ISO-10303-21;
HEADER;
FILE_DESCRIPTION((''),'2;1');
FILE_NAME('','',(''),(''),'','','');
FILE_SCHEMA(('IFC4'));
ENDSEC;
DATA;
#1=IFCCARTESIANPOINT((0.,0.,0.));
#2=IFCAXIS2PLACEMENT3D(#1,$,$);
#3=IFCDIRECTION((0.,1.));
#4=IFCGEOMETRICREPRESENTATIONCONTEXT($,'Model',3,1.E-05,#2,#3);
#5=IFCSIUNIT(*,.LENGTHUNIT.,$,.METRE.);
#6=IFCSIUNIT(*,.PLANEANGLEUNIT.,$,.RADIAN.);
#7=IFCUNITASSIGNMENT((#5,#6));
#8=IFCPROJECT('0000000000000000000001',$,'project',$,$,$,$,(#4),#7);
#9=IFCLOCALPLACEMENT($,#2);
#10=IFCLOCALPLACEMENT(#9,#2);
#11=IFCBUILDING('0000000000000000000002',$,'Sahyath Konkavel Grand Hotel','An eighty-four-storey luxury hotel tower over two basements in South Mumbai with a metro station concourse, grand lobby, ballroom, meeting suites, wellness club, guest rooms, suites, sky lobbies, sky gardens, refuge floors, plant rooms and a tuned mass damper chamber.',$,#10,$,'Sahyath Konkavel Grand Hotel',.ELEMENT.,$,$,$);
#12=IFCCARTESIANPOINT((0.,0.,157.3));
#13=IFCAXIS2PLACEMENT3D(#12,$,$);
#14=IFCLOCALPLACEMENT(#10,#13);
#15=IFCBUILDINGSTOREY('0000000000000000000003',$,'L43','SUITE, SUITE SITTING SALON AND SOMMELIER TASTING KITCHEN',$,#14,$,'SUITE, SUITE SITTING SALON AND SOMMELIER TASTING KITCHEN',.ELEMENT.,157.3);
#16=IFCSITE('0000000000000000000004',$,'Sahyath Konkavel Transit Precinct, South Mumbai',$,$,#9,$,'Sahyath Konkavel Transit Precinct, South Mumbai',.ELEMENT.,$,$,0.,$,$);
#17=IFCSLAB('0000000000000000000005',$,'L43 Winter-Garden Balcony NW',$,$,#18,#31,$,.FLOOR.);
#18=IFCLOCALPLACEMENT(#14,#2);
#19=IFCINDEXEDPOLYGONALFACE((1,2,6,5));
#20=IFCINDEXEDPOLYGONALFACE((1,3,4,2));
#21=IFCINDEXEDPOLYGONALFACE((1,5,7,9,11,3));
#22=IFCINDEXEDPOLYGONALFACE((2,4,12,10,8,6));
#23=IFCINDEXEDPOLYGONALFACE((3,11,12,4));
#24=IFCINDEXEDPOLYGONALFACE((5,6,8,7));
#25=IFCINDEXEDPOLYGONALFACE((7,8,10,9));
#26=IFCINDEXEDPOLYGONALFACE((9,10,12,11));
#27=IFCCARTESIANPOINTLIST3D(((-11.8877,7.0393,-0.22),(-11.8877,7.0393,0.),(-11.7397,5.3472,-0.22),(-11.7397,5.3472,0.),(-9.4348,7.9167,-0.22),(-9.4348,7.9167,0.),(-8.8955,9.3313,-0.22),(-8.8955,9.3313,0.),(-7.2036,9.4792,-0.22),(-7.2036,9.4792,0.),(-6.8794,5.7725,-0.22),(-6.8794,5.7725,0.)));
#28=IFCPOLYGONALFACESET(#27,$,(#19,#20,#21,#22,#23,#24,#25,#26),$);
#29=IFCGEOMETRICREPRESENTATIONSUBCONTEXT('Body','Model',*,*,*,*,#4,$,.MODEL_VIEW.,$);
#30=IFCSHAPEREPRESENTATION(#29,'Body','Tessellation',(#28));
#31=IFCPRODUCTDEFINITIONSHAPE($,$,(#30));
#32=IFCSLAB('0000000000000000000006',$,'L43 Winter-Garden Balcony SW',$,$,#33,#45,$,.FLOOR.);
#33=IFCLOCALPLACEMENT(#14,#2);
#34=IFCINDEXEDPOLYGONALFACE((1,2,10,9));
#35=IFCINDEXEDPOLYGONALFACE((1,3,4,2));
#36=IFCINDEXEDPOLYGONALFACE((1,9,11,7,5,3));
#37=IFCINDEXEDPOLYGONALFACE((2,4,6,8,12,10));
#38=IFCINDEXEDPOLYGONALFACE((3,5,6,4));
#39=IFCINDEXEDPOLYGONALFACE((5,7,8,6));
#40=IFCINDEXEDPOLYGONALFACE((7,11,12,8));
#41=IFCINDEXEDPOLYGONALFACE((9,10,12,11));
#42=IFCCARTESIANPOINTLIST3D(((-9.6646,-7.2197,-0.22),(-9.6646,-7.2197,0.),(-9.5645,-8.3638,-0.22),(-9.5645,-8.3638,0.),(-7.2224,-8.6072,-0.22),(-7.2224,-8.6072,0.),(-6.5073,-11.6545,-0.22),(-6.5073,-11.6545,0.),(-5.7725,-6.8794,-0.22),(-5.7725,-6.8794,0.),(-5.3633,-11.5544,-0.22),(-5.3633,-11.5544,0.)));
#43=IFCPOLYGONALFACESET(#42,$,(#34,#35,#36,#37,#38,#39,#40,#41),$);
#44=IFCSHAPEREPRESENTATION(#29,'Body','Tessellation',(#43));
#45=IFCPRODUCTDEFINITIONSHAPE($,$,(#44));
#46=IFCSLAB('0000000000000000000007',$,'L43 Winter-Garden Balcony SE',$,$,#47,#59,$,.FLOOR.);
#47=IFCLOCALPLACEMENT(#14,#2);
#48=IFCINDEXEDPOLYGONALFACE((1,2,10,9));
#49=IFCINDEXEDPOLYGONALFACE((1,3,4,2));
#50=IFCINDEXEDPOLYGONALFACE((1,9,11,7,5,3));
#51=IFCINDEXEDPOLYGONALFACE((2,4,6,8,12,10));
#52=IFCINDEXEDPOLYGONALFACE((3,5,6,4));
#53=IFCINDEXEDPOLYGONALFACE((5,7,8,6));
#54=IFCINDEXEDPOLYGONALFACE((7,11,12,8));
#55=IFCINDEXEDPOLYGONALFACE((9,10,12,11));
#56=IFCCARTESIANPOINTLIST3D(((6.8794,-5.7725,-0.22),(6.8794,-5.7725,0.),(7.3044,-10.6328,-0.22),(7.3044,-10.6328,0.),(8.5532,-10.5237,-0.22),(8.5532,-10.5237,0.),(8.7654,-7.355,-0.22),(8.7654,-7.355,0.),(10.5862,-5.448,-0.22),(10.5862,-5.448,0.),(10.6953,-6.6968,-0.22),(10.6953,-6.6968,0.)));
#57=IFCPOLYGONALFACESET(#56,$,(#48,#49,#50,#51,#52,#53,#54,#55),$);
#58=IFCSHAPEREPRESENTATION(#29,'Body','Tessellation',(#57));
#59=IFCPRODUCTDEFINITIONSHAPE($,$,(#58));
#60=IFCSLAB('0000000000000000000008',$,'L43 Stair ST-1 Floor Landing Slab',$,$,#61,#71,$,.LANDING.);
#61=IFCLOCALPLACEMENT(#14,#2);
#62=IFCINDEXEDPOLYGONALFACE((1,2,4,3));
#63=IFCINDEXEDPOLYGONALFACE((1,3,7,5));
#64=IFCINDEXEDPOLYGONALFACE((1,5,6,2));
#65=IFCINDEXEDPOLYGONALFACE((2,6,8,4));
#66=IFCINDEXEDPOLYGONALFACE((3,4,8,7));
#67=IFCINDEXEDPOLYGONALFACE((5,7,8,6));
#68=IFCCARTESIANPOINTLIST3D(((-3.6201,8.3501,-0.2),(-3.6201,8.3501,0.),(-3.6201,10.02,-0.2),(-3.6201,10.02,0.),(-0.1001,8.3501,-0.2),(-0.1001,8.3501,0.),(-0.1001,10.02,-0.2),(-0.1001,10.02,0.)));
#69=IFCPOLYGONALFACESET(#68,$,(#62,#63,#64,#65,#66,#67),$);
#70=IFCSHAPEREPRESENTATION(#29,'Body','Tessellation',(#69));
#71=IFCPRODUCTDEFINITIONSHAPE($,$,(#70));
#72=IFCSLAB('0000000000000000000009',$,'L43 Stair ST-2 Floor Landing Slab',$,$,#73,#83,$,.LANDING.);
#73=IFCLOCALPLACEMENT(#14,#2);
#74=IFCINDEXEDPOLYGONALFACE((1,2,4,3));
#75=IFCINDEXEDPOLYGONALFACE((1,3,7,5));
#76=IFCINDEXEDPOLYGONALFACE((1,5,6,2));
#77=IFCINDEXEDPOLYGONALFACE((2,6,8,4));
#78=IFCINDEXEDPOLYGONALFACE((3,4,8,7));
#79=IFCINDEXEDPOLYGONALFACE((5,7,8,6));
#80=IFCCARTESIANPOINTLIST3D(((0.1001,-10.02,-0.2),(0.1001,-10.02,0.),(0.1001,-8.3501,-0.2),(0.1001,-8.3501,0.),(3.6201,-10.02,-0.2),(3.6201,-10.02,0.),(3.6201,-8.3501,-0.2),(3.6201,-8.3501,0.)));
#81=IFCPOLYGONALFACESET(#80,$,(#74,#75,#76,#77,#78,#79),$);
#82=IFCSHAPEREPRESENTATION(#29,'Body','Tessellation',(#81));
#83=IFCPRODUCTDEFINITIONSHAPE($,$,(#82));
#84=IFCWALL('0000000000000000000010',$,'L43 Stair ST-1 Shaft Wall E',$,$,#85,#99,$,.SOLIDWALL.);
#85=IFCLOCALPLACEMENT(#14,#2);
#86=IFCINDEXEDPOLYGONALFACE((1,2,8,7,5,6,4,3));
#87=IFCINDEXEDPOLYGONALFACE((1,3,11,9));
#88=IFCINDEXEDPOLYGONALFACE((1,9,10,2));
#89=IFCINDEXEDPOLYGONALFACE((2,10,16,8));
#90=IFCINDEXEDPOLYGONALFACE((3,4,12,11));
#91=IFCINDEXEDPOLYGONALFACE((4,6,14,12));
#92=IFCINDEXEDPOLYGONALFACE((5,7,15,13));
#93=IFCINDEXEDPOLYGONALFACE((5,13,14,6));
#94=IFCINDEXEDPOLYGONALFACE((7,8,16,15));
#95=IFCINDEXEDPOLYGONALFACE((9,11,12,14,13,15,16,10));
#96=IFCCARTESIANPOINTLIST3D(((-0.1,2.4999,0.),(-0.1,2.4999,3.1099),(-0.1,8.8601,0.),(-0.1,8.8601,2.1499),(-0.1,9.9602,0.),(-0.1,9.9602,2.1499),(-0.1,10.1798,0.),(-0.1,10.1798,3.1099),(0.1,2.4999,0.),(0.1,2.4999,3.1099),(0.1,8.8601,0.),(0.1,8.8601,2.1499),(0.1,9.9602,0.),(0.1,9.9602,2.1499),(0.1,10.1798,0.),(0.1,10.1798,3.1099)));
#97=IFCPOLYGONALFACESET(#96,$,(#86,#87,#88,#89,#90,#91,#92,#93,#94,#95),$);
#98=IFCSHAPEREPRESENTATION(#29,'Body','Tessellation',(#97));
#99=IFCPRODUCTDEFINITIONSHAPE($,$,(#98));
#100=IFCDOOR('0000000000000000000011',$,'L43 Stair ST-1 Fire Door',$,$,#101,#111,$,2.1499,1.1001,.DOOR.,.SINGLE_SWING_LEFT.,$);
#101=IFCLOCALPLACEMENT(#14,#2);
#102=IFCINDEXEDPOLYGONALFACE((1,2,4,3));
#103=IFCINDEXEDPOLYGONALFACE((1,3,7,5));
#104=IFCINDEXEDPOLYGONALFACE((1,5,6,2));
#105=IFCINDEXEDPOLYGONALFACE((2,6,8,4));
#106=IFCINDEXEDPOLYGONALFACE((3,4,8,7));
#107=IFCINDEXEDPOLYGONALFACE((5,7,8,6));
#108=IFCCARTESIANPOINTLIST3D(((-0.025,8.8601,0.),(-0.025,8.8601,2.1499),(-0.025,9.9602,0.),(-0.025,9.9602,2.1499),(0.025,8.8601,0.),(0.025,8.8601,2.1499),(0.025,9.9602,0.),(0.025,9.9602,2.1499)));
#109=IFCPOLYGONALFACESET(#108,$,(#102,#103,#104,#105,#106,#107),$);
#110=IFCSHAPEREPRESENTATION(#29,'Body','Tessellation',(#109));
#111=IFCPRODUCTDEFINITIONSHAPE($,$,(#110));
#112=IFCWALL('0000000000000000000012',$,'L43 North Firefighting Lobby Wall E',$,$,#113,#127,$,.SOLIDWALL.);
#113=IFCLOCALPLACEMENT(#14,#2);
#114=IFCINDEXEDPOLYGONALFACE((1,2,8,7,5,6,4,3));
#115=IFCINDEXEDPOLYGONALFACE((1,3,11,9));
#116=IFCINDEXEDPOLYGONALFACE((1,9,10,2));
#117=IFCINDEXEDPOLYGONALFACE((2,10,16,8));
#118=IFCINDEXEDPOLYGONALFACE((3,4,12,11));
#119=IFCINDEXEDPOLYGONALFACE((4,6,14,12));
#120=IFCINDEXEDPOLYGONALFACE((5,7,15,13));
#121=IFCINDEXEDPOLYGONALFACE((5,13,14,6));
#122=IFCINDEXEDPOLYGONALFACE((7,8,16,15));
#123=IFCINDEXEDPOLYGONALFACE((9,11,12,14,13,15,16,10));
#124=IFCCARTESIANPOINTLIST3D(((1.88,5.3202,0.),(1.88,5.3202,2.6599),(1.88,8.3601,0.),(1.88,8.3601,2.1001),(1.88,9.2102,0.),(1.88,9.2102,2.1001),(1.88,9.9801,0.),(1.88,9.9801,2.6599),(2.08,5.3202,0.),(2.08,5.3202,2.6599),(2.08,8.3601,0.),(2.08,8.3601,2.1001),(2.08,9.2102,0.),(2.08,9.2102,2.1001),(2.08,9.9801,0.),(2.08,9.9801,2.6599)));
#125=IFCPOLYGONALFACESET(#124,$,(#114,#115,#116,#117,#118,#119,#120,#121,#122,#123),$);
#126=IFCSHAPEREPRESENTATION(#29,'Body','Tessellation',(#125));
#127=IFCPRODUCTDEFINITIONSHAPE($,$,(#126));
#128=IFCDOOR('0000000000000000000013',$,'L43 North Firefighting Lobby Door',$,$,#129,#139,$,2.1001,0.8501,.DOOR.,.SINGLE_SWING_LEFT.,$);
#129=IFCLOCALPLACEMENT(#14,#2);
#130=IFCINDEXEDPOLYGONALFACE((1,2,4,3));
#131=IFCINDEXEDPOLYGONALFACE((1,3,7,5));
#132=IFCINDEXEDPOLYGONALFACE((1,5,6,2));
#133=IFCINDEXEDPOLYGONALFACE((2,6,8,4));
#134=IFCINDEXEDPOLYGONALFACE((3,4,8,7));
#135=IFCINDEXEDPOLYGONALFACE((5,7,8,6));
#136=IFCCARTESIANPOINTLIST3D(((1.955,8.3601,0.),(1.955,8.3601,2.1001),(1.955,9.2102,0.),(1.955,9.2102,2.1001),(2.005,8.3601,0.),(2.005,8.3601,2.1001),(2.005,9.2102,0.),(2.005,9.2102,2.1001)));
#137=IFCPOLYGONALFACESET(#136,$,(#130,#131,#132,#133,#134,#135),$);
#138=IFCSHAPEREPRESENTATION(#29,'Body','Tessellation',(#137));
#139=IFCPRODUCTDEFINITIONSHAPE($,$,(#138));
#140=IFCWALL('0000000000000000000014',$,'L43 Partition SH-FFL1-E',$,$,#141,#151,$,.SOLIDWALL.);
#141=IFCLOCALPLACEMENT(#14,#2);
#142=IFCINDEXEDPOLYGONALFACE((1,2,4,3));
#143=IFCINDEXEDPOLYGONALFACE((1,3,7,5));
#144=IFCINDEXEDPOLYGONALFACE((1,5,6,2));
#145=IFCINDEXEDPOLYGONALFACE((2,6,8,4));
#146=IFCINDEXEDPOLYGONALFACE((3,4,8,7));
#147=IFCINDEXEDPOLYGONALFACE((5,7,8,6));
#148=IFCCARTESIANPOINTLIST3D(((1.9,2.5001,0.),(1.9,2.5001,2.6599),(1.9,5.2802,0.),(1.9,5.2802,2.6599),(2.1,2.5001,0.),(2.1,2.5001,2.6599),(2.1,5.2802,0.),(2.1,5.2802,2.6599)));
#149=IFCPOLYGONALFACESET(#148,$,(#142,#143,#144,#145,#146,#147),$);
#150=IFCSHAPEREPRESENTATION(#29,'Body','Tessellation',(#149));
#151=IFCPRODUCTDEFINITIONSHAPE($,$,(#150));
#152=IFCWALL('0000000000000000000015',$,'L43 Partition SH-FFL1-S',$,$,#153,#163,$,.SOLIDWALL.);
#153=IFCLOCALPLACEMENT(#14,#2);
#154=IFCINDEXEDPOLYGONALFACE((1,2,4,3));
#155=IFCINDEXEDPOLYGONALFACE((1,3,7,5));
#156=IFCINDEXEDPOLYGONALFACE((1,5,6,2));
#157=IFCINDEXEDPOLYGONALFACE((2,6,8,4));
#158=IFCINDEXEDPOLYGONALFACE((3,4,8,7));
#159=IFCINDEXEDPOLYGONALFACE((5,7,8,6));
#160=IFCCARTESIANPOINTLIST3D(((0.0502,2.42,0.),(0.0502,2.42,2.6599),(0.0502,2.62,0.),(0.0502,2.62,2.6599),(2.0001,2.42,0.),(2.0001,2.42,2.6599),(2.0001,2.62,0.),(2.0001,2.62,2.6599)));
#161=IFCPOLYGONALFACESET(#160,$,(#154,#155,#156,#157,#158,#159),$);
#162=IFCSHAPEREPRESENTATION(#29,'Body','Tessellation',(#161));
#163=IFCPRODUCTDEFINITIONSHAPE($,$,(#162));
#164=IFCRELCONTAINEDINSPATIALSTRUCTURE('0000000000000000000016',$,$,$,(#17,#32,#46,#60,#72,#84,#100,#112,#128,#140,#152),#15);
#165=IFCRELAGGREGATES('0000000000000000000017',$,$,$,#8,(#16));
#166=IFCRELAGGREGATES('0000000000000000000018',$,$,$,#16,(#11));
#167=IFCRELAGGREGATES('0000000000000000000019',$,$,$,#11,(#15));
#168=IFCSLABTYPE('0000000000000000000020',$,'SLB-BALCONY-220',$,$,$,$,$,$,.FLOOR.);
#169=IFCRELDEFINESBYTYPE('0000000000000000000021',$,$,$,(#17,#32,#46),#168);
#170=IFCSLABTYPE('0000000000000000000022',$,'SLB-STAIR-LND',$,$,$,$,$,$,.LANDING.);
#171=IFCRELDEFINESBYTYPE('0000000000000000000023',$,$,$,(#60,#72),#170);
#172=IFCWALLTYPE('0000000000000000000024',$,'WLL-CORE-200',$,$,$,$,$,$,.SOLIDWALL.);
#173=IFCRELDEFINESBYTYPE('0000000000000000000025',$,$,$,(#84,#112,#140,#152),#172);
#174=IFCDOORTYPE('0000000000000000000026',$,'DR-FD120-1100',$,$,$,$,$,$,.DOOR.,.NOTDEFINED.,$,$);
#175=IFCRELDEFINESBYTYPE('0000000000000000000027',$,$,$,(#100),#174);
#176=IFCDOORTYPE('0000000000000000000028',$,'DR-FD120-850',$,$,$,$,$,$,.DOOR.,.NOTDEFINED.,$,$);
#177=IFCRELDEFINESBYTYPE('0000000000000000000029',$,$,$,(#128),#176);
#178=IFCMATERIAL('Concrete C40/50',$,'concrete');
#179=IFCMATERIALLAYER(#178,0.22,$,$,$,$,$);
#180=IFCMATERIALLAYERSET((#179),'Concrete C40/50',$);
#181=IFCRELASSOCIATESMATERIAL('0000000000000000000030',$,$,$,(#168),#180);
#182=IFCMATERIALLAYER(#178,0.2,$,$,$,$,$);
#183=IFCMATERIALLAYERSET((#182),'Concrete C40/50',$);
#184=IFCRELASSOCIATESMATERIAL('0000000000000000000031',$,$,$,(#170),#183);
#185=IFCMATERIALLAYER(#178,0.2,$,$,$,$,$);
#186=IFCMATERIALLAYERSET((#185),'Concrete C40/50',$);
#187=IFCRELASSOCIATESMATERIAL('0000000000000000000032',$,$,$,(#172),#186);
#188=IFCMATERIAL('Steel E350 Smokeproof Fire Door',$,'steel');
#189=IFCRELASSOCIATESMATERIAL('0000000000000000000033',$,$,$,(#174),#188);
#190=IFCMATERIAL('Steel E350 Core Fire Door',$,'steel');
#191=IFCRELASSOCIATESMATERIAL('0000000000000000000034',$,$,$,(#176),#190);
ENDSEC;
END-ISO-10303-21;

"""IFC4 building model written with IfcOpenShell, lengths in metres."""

from ifc_helpers import new_model, si_unit, direction, frame, frame_2d, origin, origin_2d, place, context, subcontext, project, spatial, polyline, rectangle, outline, extrude, source, transform, mapped, material, layer, layer_set, type_object, element, fill, save


model = new_model("IFC4")

# Units and contexts
model_context = context("Model", 3, precision=1e-05, world=origin(), true_north=direction((0.0, 1.0)))
body_context = subcontext(model_context, "Body", "Model", "MODEL_VIEW")
ifc_project = project(units=[si_unit("LENGTHUNIT", "METRE"), si_unit("PLANEANGLEUNIT", "RADIAN")], contexts=[model_context])

# Site, building, storey
site_placement = place(None, origin())
site = spatial("IfcSite", under=ifc_project, at=site_placement, Name="Sahyath Konkavel Transit Precinct, South Mumbai", LongName="Sahyath Konkavel Transit Precinct, South Mumbai", CompositionType="ELEMENT", RefElevation=0.0)
building_placement = place(site_placement, origin())
building = spatial("IfcBuilding", under=site, at=building_placement, Name="Sahyath Konkavel Grand Hotel", Description="An eighty-four-storey luxury hotel tower over two basements in South Mumbai with a metro station concourse, grand lobby, ballroom, meeting suites, wellness club, guest rooms, suites, sky lobbies, sky gardens, refuge floors, plant rooms and a tuned mass damper chamber.", LongName="Sahyath Konkavel Grand Hotel", CompositionType="ELEMENT")
storey_placement = place(building_placement, frame((0.0, 0.0, 157.3)))
storey = spatial("IfcBuildingStorey", under=building, at=storey_placement, Name="L43", Description="SUITE, SUITE SITTING SALON AND SOMMELIER TASTING KITCHEN", LongName="SUITE, SUITE SITTING SALON AND SOMMELIER TASTING KITCHEN", CompositionType="ELEMENT", Elevation=157.3)

# Slabs
ifc_material_1 = material(Name="Concrete C40/50", Category="concrete")
ifc_layer_1 = layer(ifc_material_1, 0.22)
ifc_layer_set_1 = layer_set([ifc_layer_1], Name="Concrete C40/50")
slab_type_1 = type_object("IfcSlabType", Name="SLB-BALCONY-220", PredefinedType="FLOOR", material=ifc_layer_set_1)
slab_1_placement = place(storey_placement, frame((0.0, 0.0, -0.22)))
element("IfcSlab", 1, at=slab_1_placement, inside=storey, type_object=slab_type_1, Name="L43 Winter-Garden Balcony NW", PredefinedType="FLOOR", context=body_context, shape_type="SweptSolid", body=[
    extrude(outline(polyline([(-6.8794, 5.7725), (-7.2036, 9.4792), (-8.8955, 9.3313), (-9.4348, 7.9167), (-11.8877, 7.0393), (-11.7397, 5.3472), (-6.8794, 5.7725)])), origin(), (0.0, 0.0, 1.0), 0.22),
])
slab_2_placement = place(storey_placement, frame((0.0, 0.0, -0.22)))
element("IfcSlab", 2, at=slab_2_placement, inside=storey, type_object=slab_type_1, Name="L43 Winter-Garden Balcony SW", PredefinedType="FLOOR", context=body_context, shape_type="SweptSolid", body=[
    extrude(outline(polyline([(-5.7725, -6.8794), (-9.6646, -7.2197), (-9.5645, -8.3638), (-7.2224, -8.6072), (-6.5073, -11.6545), (-5.3633, -11.5544), (-5.7725, -6.8794)])), origin(), (0.0, 0.0, 1.0), 0.22),
])
slab_3_placement = place(storey_placement, frame((0.0, 0.0, -0.22)))
element("IfcSlab", 3, at=slab_3_placement, inside=storey, type_object=slab_type_1, Name="L43 Winter-Garden Balcony SE", PredefinedType="FLOOR", context=body_context, shape_type="SweptSolid", body=[
    extrude(outline(polyline([(6.8794, -5.7725), (7.3044, -10.6328), (8.5532, -10.5237), (8.7654, -7.355), (10.6953, -6.6968), (10.5862, -5.448), (6.8794, -5.7725)])), origin(), (0.0, 0.0, 1.0), 0.22),
])
ifc_layer_2 = layer(ifc_material_1, 0.2)
ifc_layer_set_2 = layer_set([ifc_layer_2], Name="Concrete C40/50")
slab_type_2 = type_object("IfcSlabType", Name="SLB-STAIR-LND", PredefinedType="LANDING", material=ifc_layer_set_2)
slab_4_placement = place(storey_placement, frame((0.0, 0.0, -0.2)))
element("IfcSlab", 4, at=slab_4_placement, inside=storey, type_object=slab_type_2, Name="L43 Stair ST-1 Floor Landing Slab", PredefinedType="LANDING", context=body_context, shape_type="SweptSolid", body=[
    extrude(outline(polyline([(-3.6201, 8.3501), (-0.1001, 8.3501), (-0.1001, 10.02), (-3.6201, 10.02), (-3.6201, 8.3501)])), origin(), (0.0, 0.0, 1.0), 0.2),
])
slab_5_placement = place(storey_placement, frame((0.0, 0.0, -0.2)))
element("IfcSlab", 5, at=slab_5_placement, inside=storey, type_object=slab_type_2, Name="L43 Stair ST-2 Floor Landing Slab", PredefinedType="LANDING", context=body_context, shape_type="SweptSolid", body=[
    extrude(outline(polyline([(0.1001, -10.02), (3.6201, -10.02), (3.6201, -8.3501), (0.1001, -8.3501), (0.1001, -10.02)])), origin(), (0.0, 0.0, 1.0), 0.2),
])

# Walls, openings, doors
ifc_layer_3 = layer(ifc_material_1, 0.2)
ifc_layer_set_3 = layer_set([ifc_layer_3], Name="Concrete C40/50")
wall_type = type_object("IfcWallType", Name="WLL-CORE-200", PredefinedType="SOLIDWALL", material=ifc_layer_set_3)
wall_1_placement = place(storey_placement, frame((0.0, 2.5, 0.0), z_axis=(0.0, 0.0, 1.0), x_axis=(0.0, 1.0, 0.0)))
wall_1 = element("IfcWall", 6, at=wall_1_placement, inside=storey, type_object=wall_type, Name="L43 Stair ST-1 Shaft Wall E", PredefinedType="SOLIDWALL", context=body_context, shape_type="SweptSolid", body=[
    extrude(rectangle(XDim=7.6799, YDim=0.2, at=frame_2d((3.8398, 0.0))), origin(), (0.0, 0.0, 1.0), 3.1099),
])
opening_1_placement = place(wall_1_placement, frame((6.3601, 0.0, 0.0)))
opening_1 = element("IfcOpeningElement", 7, at=opening_1_placement, cuts=wall_1, PredefinedType="OPENING", context=body_context, shape_type="SweptSolid", body=[
    extrude(rectangle(XDim=1.1001, YDim=2.1499, at=frame_2d((0.55, 1.075))), frame((0.0, 0.1099, 0.0), z_axis=(0.0, -1.0, 0.0), x_axis=(1.0, 0.0, 0.0)), (0.0, 0.0, 1.0), 0.22),
])
ifc_material_2 = material(Name="Steel E350 Smokeproof Fire Door", Category="steel")
door_type_1 = type_object("IfcDoorType", Name="DR-FD120-1100", OperationType="NOTDEFINED", PredefinedType="DOOR", material=ifc_material_2)
shared_shape_1 = source(origin(), body_context, "Body", "SweptSolid", [
    extrude(rectangle(XDim=1.1001, YDim=0.05, at=origin_2d()), origin(), (0.0, 0.0, 1.0), 2.1499),
])
door_1_placement = place(opening_1_placement, frame((0.55, 0.0, 0.0)))
door_1 = element("IfcDoor", 8, at=door_1_placement, inside=storey, type_object=door_type_1, Name="L43 Stair ST-1 Fire Door", OperationType="SINGLE_SWING_LEFT", OverallHeight=2.1499, OverallWidth=1.1001, PredefinedType="DOOR", context=body_context, shape_type="MappedRepresentation", body=[
    mapped(shared_shape_1, transform((0.0, 0.0, 0.0), scale=1.0)),
])
fill(opening_1, door_1)
wall_2_placement = place(storey_placement, frame((1.98, 5.3201, 0.0), z_axis=(0.0, 0.0, 1.0), x_axis=(0.0, 1.0, 0.0)))
wall_2 = element("IfcWall", 9, at=wall_2_placement, inside=storey, type_object=wall_type, Name="L43 North Firefighting Lobby Wall E", PredefinedType="SOLIDWALL", context=body_context, shape_type="SweptSolid", body=[
    extrude(rectangle(XDim=4.6599, YDim=0.2, at=frame_2d((2.3301, 0.0))), origin(), (0.0, 0.0, 1.0), 2.6599),
])
opening_2_placement = place(wall_2_placement, frame((3.04, 0.0, 0.0)))
opening_2 = element("IfcOpeningElement", 10, at=opening_2_placement, cuts=wall_2, PredefinedType="OPENING", context=body_context, shape_type="SweptSolid", body=[
    extrude(rectangle(XDim=0.8501, YDim=2.1001, at=frame_2d((0.425, 1.05))), frame((0.0, 0.1099, 0.0), z_axis=(0.0, -1.0, 0.0), x_axis=(1.0, 0.0, 0.0)), (0.0, 0.0, 1.0), 0.22),
])
ifc_material_3 = material(Name="Steel E350 Core Fire Door", Category="steel")
door_type_2 = type_object("IfcDoorType", Name="DR-FD120-850", OperationType="NOTDEFINED", PredefinedType="DOOR", material=ifc_material_3)
shared_shape_2 = source(origin(), body_context, "Body", "SweptSolid", [
    extrude(rectangle(XDim=0.8501, YDim=0.05, at=origin_2d()), origin(), (0.0, 0.0, 1.0), 2.1001),
])
door_2_placement = place(opening_2_placement, frame((0.425, 0.0, 0.0)))
door_2 = element("IfcDoor", 11, at=door_2_placement, inside=storey, type_object=door_type_2, Name="L43 North Firefighting Lobby Door", OperationType="SINGLE_SWING_LEFT", OverallHeight=2.1001, OverallWidth=0.8501, PredefinedType="DOOR", context=body_context, shape_type="MappedRepresentation", body=[
    mapped(shared_shape_2, transform((0.0, 0.0, 0.0), scale=1.0)),
])
fill(opening_2, door_2)

# Walls
wall_3_placement = place(storey_placement, frame((2.0, 2.5, 0.0), z_axis=(0.0, 0.0, 1.0), x_axis=(0.0, 1.0, 0.0)))
element("IfcWall", 12, at=wall_3_placement, inside=storey, type_object=wall_type, Name="L43 Partition SH-FFL1-E", PredefinedType="SOLIDWALL", context=body_context, shape_type="SweptSolid", body=[
    extrude(rectangle(XDim=2.78, YDim=0.2, at=frame_2d((1.3901, 0.0))), origin(), (0.0, 0.0, 1.0), 2.6599),
])
wall_4_placement = place(storey_placement, frame((0.05, 2.52, 0.0), z_axis=(0.0, 0.0, 1.0), x_axis=(1.0, 0.0, 0.0)))
element("IfcWall", 13, at=wall_4_placement, inside=storey, type_object=wall_type, Name="L43 Partition SH-FFL1-S", PredefinedType="SOLIDWALL", context=body_context, shape_type="SweptSolid", body=[
    extrude(rectangle(XDim=1.95, YDim=0.2, at=frame_2d((0.9751, 0.0))), origin(), (0.0, 0.0, 1.0), 2.6599),
])

save(model, "model.ifc")
